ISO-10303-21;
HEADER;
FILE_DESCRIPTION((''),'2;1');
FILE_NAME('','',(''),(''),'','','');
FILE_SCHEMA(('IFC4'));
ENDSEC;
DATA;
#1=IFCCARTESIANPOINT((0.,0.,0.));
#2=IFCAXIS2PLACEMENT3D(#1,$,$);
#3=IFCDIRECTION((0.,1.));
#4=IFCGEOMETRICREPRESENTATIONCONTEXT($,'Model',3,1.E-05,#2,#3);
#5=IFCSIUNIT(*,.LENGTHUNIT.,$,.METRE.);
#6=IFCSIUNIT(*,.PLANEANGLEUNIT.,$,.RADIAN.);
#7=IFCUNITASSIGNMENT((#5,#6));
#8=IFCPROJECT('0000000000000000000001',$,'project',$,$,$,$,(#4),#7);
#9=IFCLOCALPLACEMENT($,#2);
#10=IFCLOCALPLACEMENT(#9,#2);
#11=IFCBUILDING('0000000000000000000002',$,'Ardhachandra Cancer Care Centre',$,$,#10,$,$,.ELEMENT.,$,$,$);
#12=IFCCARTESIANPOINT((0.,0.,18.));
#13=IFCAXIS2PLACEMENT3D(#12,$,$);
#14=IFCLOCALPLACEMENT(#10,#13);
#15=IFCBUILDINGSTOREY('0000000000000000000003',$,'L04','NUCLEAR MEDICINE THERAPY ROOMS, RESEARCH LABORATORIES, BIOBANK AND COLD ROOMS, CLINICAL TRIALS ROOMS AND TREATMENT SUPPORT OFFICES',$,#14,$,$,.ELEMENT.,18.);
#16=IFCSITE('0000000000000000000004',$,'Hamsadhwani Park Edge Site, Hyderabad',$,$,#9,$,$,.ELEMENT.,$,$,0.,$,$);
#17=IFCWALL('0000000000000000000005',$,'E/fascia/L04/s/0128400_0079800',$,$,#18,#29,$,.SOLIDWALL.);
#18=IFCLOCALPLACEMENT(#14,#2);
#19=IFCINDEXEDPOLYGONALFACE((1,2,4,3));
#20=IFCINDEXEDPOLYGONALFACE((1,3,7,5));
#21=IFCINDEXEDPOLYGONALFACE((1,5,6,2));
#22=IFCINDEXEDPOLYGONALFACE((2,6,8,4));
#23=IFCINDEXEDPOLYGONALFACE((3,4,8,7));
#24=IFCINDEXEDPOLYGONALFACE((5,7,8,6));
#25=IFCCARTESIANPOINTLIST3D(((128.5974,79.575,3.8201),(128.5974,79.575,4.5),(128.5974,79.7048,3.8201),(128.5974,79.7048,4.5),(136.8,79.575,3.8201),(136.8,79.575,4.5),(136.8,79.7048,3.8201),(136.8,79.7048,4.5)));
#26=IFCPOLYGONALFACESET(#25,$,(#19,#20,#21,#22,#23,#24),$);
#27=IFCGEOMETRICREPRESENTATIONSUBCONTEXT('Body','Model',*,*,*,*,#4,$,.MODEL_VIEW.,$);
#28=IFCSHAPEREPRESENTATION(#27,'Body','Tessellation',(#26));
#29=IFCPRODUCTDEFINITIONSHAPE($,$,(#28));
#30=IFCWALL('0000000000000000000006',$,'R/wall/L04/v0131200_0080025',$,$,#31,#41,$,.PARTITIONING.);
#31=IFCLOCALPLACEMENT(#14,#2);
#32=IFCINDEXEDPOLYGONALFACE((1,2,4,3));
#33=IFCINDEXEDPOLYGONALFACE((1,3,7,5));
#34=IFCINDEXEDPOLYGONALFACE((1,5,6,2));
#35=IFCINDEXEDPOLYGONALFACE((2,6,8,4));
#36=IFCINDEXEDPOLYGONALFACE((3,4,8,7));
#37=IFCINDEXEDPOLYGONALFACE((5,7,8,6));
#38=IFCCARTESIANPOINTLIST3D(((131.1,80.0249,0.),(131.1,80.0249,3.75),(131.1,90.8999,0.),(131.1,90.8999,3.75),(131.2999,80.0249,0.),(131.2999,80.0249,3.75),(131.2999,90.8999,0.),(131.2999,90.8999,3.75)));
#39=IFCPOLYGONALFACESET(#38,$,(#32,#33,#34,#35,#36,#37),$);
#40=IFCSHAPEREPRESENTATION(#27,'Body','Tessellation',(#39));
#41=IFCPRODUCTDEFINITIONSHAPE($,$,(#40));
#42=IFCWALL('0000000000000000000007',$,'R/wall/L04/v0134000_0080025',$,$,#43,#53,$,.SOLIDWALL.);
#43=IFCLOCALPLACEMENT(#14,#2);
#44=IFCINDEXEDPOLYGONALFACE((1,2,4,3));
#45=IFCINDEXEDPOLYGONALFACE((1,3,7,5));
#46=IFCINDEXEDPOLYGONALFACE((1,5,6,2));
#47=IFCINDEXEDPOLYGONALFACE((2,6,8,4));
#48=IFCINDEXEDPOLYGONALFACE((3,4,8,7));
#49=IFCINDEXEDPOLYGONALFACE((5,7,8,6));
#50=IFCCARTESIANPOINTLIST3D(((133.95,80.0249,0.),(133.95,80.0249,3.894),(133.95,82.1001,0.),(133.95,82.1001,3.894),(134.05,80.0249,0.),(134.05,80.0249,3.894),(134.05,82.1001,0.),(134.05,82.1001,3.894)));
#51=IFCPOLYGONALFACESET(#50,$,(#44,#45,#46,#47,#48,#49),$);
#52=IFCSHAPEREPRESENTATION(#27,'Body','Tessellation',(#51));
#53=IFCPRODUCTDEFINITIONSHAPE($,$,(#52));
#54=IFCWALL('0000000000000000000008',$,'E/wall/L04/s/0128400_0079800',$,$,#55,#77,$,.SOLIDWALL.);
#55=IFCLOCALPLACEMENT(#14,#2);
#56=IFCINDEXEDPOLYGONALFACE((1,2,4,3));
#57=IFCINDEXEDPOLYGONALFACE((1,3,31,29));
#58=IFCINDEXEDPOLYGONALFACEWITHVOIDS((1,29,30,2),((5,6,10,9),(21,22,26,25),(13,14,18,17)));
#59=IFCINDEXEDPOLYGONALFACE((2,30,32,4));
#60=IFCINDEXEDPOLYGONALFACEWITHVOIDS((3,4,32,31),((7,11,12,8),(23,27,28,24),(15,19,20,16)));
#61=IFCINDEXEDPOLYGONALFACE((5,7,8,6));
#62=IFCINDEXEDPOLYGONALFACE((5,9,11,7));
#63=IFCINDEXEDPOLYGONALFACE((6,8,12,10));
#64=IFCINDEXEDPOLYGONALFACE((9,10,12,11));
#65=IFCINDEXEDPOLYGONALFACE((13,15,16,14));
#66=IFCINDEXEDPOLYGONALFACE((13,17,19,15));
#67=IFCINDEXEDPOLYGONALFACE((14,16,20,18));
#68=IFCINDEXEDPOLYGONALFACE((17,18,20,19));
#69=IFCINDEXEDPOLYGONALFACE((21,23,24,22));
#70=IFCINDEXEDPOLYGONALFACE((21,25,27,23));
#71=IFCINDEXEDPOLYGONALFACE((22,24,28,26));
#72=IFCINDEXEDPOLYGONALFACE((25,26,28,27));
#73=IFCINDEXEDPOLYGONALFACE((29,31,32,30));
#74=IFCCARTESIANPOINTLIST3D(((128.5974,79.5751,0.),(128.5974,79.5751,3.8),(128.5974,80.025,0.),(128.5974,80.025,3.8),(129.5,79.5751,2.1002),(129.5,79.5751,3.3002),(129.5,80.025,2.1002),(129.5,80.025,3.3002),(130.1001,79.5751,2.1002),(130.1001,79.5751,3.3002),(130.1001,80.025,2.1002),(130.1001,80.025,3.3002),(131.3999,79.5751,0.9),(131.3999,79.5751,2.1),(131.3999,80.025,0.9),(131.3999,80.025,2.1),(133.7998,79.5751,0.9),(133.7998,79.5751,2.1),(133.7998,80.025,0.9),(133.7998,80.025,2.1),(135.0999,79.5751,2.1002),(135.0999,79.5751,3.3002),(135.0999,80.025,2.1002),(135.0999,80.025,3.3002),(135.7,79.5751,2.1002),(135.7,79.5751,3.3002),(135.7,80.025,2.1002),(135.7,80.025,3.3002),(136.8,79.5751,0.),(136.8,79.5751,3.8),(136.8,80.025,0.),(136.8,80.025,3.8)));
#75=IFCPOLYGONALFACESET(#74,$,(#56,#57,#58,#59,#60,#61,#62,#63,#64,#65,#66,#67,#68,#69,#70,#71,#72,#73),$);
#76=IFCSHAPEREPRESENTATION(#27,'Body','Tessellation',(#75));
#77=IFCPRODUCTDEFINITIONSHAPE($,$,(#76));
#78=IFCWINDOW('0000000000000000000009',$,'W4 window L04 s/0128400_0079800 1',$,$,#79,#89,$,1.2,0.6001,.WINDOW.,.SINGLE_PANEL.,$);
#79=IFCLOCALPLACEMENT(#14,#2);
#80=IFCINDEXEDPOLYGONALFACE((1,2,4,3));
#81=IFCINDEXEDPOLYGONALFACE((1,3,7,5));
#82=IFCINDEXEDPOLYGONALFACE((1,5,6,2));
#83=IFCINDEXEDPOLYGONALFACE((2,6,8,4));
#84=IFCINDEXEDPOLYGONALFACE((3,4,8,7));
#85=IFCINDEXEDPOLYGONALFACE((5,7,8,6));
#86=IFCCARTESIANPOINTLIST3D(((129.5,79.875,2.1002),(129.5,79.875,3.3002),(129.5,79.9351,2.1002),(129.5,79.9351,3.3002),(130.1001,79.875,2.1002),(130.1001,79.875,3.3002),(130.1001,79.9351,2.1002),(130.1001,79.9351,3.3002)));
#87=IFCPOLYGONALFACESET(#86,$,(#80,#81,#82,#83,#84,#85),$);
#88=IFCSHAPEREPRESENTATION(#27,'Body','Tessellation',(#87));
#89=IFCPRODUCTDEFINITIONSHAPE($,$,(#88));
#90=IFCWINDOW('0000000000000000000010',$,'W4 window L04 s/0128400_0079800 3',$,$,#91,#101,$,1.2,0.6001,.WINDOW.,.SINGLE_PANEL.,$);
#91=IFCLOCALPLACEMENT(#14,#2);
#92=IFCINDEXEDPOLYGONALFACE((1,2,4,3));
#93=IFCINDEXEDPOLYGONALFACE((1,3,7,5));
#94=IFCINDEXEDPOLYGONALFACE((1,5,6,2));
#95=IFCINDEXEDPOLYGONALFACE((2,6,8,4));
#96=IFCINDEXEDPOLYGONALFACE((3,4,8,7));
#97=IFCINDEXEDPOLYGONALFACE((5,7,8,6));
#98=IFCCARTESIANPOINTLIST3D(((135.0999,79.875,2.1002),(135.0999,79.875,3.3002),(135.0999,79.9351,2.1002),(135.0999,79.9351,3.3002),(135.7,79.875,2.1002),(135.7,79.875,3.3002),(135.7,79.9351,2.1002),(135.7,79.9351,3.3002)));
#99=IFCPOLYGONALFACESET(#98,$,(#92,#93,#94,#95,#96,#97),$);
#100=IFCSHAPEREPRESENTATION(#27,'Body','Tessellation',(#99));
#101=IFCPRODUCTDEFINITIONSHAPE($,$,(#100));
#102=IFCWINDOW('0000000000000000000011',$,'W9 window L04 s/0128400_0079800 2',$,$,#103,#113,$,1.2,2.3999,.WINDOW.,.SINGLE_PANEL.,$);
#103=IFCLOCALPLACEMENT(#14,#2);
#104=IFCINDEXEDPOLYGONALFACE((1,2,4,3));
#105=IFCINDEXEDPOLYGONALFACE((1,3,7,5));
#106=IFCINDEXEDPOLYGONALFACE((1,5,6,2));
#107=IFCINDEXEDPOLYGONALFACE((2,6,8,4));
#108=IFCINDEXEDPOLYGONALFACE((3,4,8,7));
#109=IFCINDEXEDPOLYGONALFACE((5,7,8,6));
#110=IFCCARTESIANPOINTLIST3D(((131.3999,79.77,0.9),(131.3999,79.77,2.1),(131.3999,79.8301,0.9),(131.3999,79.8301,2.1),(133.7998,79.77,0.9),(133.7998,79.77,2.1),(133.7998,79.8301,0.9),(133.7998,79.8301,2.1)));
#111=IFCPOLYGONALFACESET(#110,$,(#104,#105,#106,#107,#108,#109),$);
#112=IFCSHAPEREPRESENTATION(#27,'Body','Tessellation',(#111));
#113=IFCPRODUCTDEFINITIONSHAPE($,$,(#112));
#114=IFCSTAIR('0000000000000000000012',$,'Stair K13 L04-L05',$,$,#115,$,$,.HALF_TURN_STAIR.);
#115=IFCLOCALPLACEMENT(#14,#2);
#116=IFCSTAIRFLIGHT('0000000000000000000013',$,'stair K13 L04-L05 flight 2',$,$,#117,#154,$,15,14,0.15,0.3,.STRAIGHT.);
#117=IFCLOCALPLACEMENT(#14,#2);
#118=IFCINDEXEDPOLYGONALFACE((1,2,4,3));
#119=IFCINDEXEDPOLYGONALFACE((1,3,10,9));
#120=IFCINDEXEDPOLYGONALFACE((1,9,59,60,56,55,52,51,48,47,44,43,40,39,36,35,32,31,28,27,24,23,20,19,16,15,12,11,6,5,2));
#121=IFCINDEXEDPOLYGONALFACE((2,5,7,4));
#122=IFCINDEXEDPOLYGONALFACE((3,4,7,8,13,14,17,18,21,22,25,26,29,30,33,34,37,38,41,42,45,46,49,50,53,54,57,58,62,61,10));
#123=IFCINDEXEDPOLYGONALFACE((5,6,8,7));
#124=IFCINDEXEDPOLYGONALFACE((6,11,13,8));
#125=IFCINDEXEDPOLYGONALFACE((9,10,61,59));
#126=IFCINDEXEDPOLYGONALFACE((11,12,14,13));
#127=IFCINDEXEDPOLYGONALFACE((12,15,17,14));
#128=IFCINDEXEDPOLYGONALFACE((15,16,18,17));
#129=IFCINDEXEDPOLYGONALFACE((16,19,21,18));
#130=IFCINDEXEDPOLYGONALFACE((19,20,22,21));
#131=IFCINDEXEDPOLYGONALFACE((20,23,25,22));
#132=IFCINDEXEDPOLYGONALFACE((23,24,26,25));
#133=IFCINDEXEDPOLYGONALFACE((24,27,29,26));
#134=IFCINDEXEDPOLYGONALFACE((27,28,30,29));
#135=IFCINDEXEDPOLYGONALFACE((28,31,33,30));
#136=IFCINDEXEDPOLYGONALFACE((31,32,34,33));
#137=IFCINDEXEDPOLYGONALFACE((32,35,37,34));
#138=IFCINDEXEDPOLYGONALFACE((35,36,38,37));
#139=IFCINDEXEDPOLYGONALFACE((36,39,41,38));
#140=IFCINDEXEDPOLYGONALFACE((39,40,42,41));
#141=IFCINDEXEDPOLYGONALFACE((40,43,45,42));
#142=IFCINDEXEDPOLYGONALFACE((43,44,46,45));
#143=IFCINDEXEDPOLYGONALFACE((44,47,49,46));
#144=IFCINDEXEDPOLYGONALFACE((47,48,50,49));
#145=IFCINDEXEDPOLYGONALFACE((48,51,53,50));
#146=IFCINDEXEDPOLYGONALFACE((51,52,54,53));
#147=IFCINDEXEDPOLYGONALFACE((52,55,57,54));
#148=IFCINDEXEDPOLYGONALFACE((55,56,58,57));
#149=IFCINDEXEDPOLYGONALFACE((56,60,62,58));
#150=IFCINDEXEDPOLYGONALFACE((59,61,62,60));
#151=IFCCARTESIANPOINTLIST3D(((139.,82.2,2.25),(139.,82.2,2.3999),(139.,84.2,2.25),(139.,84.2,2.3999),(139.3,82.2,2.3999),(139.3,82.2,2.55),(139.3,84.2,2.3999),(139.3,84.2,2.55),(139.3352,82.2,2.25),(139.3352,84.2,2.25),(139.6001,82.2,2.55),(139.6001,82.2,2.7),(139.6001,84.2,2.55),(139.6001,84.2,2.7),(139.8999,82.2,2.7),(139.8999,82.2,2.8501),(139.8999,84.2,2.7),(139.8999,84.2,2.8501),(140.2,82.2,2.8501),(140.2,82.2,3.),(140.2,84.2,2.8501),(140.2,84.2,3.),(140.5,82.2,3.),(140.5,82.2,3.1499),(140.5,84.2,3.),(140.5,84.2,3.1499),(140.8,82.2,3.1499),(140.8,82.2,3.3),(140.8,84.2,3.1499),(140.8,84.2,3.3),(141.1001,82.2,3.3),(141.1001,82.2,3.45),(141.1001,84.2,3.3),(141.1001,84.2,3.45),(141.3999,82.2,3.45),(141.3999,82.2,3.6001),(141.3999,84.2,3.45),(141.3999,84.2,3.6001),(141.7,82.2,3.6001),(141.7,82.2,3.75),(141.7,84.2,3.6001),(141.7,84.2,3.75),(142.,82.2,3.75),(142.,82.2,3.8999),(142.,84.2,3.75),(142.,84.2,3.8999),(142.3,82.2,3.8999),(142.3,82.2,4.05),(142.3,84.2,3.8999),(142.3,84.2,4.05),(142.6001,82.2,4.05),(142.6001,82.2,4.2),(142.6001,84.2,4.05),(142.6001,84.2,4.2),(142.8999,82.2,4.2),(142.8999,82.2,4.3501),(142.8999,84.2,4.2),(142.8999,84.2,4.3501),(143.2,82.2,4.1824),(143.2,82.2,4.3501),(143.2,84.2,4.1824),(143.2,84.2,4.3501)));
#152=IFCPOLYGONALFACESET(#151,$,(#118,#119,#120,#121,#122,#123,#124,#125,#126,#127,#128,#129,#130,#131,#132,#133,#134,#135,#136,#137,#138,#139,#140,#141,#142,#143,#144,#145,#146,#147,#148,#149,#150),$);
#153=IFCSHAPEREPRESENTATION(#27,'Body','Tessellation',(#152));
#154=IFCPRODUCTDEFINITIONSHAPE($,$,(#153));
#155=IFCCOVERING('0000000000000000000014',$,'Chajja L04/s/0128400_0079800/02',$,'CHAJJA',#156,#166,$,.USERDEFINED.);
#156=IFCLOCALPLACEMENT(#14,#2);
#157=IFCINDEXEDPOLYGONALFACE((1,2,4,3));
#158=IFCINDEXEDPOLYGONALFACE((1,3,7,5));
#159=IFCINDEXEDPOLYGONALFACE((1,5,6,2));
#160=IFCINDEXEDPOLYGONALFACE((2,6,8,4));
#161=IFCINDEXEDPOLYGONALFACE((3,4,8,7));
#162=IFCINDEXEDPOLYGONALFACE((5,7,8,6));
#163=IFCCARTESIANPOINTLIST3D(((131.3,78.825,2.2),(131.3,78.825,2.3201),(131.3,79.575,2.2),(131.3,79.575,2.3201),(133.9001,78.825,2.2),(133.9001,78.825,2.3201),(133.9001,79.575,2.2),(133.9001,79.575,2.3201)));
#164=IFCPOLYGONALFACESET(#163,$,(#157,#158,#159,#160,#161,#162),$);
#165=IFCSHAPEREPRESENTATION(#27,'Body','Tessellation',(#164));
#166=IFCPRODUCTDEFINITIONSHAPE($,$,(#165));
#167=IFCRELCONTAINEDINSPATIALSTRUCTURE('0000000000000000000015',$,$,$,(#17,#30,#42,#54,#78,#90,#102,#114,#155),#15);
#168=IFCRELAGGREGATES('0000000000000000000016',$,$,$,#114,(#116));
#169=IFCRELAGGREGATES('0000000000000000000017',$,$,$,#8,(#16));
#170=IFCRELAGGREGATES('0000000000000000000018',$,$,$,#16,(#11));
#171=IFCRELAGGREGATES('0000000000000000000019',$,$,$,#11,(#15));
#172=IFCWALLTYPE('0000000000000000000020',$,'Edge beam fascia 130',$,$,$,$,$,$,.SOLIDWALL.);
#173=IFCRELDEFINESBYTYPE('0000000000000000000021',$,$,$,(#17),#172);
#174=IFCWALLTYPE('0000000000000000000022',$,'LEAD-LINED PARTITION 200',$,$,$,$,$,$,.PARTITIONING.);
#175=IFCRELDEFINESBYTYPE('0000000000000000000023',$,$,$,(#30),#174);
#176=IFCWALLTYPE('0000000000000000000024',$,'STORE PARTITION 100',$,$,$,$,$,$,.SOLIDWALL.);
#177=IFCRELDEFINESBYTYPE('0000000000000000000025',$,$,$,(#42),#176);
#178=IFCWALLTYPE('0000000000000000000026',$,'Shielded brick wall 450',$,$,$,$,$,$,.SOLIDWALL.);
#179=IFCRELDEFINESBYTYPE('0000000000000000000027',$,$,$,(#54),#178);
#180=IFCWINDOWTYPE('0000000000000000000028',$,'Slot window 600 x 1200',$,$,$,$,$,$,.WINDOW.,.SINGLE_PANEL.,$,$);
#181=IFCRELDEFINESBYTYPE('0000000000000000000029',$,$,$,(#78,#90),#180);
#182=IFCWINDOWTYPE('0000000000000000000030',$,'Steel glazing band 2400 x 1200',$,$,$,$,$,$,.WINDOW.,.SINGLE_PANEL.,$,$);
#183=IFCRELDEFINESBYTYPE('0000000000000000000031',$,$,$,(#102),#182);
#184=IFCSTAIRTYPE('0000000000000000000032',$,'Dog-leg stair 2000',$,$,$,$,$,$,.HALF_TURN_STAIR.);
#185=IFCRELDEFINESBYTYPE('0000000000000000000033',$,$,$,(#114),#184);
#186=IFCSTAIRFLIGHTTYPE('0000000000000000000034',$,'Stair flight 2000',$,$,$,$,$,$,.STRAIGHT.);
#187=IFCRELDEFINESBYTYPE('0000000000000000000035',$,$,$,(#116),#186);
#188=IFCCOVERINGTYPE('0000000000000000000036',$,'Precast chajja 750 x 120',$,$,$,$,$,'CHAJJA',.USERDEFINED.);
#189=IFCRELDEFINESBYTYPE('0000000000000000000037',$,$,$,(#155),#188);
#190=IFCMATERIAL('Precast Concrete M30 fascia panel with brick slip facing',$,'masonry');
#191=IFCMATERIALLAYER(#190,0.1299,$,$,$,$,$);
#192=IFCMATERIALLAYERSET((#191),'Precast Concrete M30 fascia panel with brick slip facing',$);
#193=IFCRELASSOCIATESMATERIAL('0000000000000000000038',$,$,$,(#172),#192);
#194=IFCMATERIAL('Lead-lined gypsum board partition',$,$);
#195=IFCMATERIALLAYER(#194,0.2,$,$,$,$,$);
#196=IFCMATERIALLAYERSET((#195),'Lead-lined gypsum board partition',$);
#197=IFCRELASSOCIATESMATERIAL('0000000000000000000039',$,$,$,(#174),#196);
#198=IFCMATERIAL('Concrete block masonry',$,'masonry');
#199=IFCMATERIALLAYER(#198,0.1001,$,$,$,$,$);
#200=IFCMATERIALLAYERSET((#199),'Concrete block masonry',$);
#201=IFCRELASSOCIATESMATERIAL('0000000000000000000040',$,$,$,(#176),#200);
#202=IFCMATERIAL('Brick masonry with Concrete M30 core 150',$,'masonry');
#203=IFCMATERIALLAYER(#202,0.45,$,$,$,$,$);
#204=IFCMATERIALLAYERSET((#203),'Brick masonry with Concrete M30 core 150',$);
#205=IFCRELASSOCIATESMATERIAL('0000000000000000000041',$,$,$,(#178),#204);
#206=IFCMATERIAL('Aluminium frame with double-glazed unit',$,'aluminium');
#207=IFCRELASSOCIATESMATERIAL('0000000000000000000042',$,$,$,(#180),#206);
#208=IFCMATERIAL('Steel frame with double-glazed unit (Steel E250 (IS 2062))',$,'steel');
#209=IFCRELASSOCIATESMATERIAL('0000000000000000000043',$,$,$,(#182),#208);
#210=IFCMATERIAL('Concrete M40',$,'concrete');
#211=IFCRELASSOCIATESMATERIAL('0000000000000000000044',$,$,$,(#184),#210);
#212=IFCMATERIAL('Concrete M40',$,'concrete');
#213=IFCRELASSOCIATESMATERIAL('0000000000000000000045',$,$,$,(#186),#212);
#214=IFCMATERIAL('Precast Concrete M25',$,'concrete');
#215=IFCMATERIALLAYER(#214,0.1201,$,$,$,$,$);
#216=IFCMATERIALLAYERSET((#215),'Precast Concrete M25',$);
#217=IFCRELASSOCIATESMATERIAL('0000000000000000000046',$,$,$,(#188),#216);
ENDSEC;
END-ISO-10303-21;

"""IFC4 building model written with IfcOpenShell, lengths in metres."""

from ifc_helpers import new_model, si_unit, direction, frame, frame_2d, origin, origin_2d, place, context, subcontext, project, spatial, polyline, rectangle, outline, extrude, material, layer, layer_set, type_object, element, fill, aggregate, save


model = new_model("IFC4")

# Units and contexts
model_context = context("Model", 3, precision=1e-05, world=origin(), true_north=direction((0.0, 1.0)))
body_context = subcontext(model_context, "Body", "Model", "MODEL_VIEW")
ifc_project = project(units=[si_unit("LENGTHUNIT", "METRE"), si_unit("PLANEANGLEUNIT", "RADIAN")], contexts=[model_context])

# Site, building, storey
site_placement = place(None, origin())
site = spatial("IfcSite", under=ifc_project, at=site_placement, Name="Hamsadhwani Park Edge Site, Hyderabad", CompositionType="ELEMENT", RefElevation=0.0)
building_placement = place(site_placement, origin())
building = spatial("IfcBuilding", under=site, at=building_placement, Name="Ardhachandra Cancer Care Centre", CompositionType="ELEMENT")
storey_placement = place(building_placement, frame((0.0, 0.0, 18.0)))
storey = spatial("IfcBuildingStorey", under=building, at=storey_placement, Name="L04", Description="NUCLEAR MEDICINE THERAPY ROOMS, RESEARCH LABORATORIES, BIOBANK AND COLD ROOMS, CLINICAL TRIALS ROOMS AND TREATMENT SUPPORT OFFICES", CompositionType="ELEMENT", Elevation=18.0)

# Walls
ifc_material_1 = material(Name="Precast Concrete M30 fascia panel with brick slip facing", Category="masonry")
ifc_layer_1 = layer(ifc_material_1, 0.1299)
ifc_layer_set_1 = layer_set([ifc_layer_1], Name="Precast Concrete M30 fascia panel with brick slip facing")
wall_type_1 = type_object("IfcWallType", Name="Edge beam fascia 130", PredefinedType="SOLIDWALL", material=ifc_layer_set_1)
wall_1_placement = place(storey_placement, frame((128.5974, 79.6399, 3.8201), z_axis=(0.0, 0.0, 1.0), x_axis=(1.0, 0.0, 0.0)))
element("IfcWall", 1, at=wall_1_placement, inside=storey, type_object=wall_type_1, Name="E/fascia/L04/s/0128400_0079800", PredefinedType="SOLIDWALL", context=body_context, shape_type="SweptSolid", body=[
    extrude(rectangle(XDim=8.2026, YDim=0.1299, at=frame_2d((4.1013, 0.0))), origin(), (0.0, 0.0, 1.0), 0.6799),
])
ifc_material_2 = material(Name="Lead-lined gypsum board partition")
ifc_layer_2 = layer(ifc_material_2, 0.2)
ifc_layer_set_2 = layer_set([ifc_layer_2], Name="Lead-lined gypsum board partition")
wall_type_2 = type_object("IfcWallType", Name="LEAD-LINED PARTITION 200", PredefinedType="PARTITIONING", material=ifc_layer_set_2)
wall_2_placement = place(storey_placement, frame((131.2, 80.0249, 0.0), z_axis=(0.0, 0.0, 1.0), x_axis=(0.0, 1.0, 0.0)))
element("IfcWall", 2, at=wall_2_placement, inside=storey, type_object=wall_type_2, Name="R/wall/L04/v0131200_0080025", PredefinedType="PARTITIONING", context=body_context, shape_type="SweptSolid", body=[
    extrude(rectangle(XDim=10.875, YDim=0.2, at=frame_2d((5.4375, 0.0))), origin(), (0.0, 0.0, 1.0), 3.75),
])
ifc_material_3 = material(Name="Concrete block masonry", Category="masonry")
ifc_layer_3 = layer(ifc_material_3, 0.1001)
ifc_layer_set_3 = layer_set([ifc_layer_3], Name="Concrete block masonry")
wall_type_3 = type_object("IfcWallType", Name="STORE PARTITION 100", PredefinedType="SOLIDWALL", material=ifc_layer_set_3)
wall_3_placement = place(storey_placement, frame((134.0, 80.0249, 0.0), z_axis=(0.0, 0.0, 1.0), x_axis=(0.0, 1.0, 0.0)))
element("IfcWall", 3, at=wall_3_placement, inside=storey, type_object=wall_type_3, Name="R/wall/L04/v0134000_0080025", PredefinedType="SOLIDWALL", context=body_context, shape_type="SweptSolid", body=[
    extrude(rectangle(XDim=2.0752, YDim=0.1001, at=frame_2d((1.0376, 0.0))), origin(), (0.0, 0.0, 1.0), 3.894),
])

# Wall, openings, windows
ifc_material_4 = material(Name="Brick masonry with Concrete M30 core 150", Category="masonry")
ifc_layer_4 = layer(ifc_material_4, 0.45)
ifc_layer_set_4 = layer_set([ifc_layer_4], Name="Brick masonry with Concrete M30 core 150")
wall_type_4 = type_object("IfcWallType", Name="Shielded brick wall 450", PredefinedType="SOLIDWALL", material=ifc_layer_set_4)
wall_4_placement = place(storey_placement, frame((128.5974, 79.8, 0.0), z_axis=(0.0, 0.0, 1.0), x_axis=(1.0, 0.0, 0.0)))
wall_4 = element("IfcWall", 4, at=wall_4_placement, inside=storey, type_object=wall_type_4, Name="E/wall/L04/s/0128400_0079800", PredefinedType="SOLIDWALL", context=body_context, shape_type="SweptSolid", body=[
    extrude(rectangle(XDim=8.2026, YDim=0.45, at=frame_2d((4.1013, 0.0))), origin(), (0.0, 0.0, 1.0), 3.8),
])
opening_1_placement = place(wall_4_placement, frame((0.9026, 0.0, 2.1001)))
opening_1 = element("IfcOpeningElement", 5, at=opening_1_placement, cuts=wall_4, PredefinedType="OPENING", context=body_context, shape_type="SweptSolid", body=[
    extrude(rectangle(XDim=0.6001, YDim=1.2, at=frame_2d((0.3, 0.6001))), frame((0.0, 0.2349, 0.0), z_axis=(0.0, -1.0, 0.0), x_axis=(1.0, 0.0, 0.0)), (0.0, 0.0, 1.0), 0.47),
])
opening_2_placement = place(wall_4_placement, frame((2.8025, 0.0, 0.8999)))
opening_2 = element("IfcOpeningElement", 6, at=opening_2_placement, cuts=wall_4, PredefinedType="OPENING", context=body_context, shape_type="SweptSolid", body=[
    extrude(rectangle(XDim=2.3999, YDim=1.2, at=frame_2d((1.2, 0.6001))), frame((0.0, 0.2349, 0.0), z_axis=(0.0, -1.0, 0.0), x_axis=(1.0, 0.0, 0.0)), (0.0, 0.0, 1.0), 0.47),
])
opening_3_placement = place(wall_4_placement, frame((6.5024, 0.0, 2.1001)))
opening_3 = element("IfcOpeningElement", 7, at=opening_3_placement, cuts=wall_4, PredefinedType="OPENING", context=body_context, shape_type="SweptSolid", body=[
    extrude(rectangle(XDim=0.6001, YDim=1.2, at=frame_2d((0.3, 0.6001))), frame((0.0, 0.2349, 0.0), z_axis=(0.0, -1.0, 0.0), x_axis=(1.0, 0.0, 0.0)), (0.0, 0.0, 1.0), 0.47),
])
ifc_material_5 = material(Name="Aluminium frame with double-glazed unit", Category="aluminium")
window_type_1 = type_object("IfcWindowType", Name="Slot window 600 x 1200", PartitioningType="SINGLE_PANEL", PredefinedType="WINDOW", material=ifc_material_5)
window_1_placement = place(opening_1_placement, origin())
window_1 = element("IfcWindow", 8, at=window_1_placement, inside=storey, type_object=window_type_1, Name="W4 window L04 s/0128400_0079800 1", OverallHeight=1.2, OverallWidth=0.6001, PartitioningType="SINGLE_PANEL", PredefinedType="WINDOW", context=body_context, shape_type="SweptSolid", body=[
    extrude(rectangle(XDim=0.6001, YDim=1.2, at=frame_2d((0.3, 0.6001))), frame((0.0, 0.135, 0.0), z_axis=(0.0, -1.0, 0.0), x_axis=(1.0, 0.0, 0.0)), (0.0, 0.0, 1.0), 0.0601),
])
fill(opening_1, window_1)
window_2_placement = place(opening_3_placement, origin())
window_2 = element("IfcWindow", 9, at=window_2_placement, inside=storey, type_object=window_type_1, Name="W4 window L04 s/0128400_0079800 3", OverallHeight=1.2, OverallWidth=0.6001, PartitioningType="SINGLE_PANEL", PredefinedType="WINDOW", context=body_context, shape_type="SweptSolid", body=[
    extrude(rectangle(XDim=0.6001, YDim=1.2, at=frame_2d((0.3, 0.6001))), frame((0.0, 0.135, 0.0), z_axis=(0.0, -1.0, 0.0), x_axis=(1.0, 0.0, 0.0)), (0.0, 0.0, 1.0), 0.0601),
])
fill(opening_3, window_2)
ifc_material_6 = material(Name="Steel frame with double-glazed unit (Steel E250 (IS 2062))", Category="steel")
window_type_2 = type_object("IfcWindowType", Name="Steel glazing band 2400 x 1200", PartitioningType="SINGLE_PANEL", PredefinedType="WINDOW", material=ifc_material_6)
window_3_placement = place(opening_2_placement, origin())
window_3 = element("IfcWindow", 10, at=window_3_placement, inside=storey, type_object=window_type_2, Name="W9 window L04 s/0128400_0079800 2", OverallHeight=1.2, OverallWidth=2.3999, PartitioningType="SINGLE_PANEL", PredefinedType="WINDOW", context=body_context, shape_type="SweptSolid", body=[
    extrude(rectangle(XDim=2.3999, YDim=1.2, at=frame_2d((1.2, 0.6001))), frame((0.0, 0.03, 0.0), z_axis=(0.0, -1.0, 0.0), x_axis=(1.0, 0.0, 0.0)), (0.0, 0.0, 1.0), 0.0601),
])
fill(opening_2, window_3)

# Stair, stair flight
ifc_material_7 = material(Name="Concrete M40", Category="concrete")
stair_type = type_object("IfcStairType", Name="Dog-leg stair 2000", PredefinedType="HALF_TURN_STAIR", material=ifc_material_7)
stair_placement = place(storey_placement, origin())
stair = element("IfcStair", 11, at=stair_placement, inside=storey, type_object=stair_type, Name="Stair K13 L04-L05", PredefinedType="HALF_TURN_STAIR")
ifc_material_8 = material(Name="Concrete M40", Category="concrete")
stair_flight_type = type_object("IfcStairFlightType", Name="Stair flight 2000", PredefinedType="STRAIGHT", material=ifc_material_8)
stair_flight_placement = place(storey_placement, frame((139.0, 83.2, 2.25), z_axis=(0.0, 0.0, 1.0), x_axis=(1.0, 0.0, 0.0)))
stair_flight = element("IfcStairFlight", 12, at=stair_flight_placement, type_object=stair_flight_type, Name="stair K13 L04-L05 flight 2", NumberOfRisers=15, NumberOfTreads=14, PredefinedType="STRAIGHT", RiserHeight=0.15, TreadLength=0.3, context=body_context, shape_type="SweptSolid", body=[
    extrude(outline(polyline([(0.0, 0.0), (0.0, 0.1499), (0.3, 0.1499), (0.3, 0.3), (0.6001, 0.3), (0.6001, 0.45), (0.8999, 0.45), (0.8999, 0.6001), (1.2, 0.6001), (1.2, 0.75), (1.5, 0.75), (1.5, 0.8999), (1.8, 0.8999), (1.8, 1.05), (2.1001, 1.05), (2.1001, 1.2), (2.3999, 1.2), (2.3999, 1.3501), (2.7, 1.3501), (2.7, 1.5), (3.0, 1.5), (3.0, 1.6499), (3.3, 1.6499), (3.3, 1.8), (3.6001, 1.8), (3.6001, 1.95), (3.8999, 1.95), (3.8999, 2.1001), (4.2, 2.1001), (4.2, 2.25), (4.2, 1.9324), (0.3352, 0.0), (0.0, 0.0)])), frame((0.0, 1.0, 0.0), z_axis=(0.0, -1.0, 0.0), x_axis=(1.0, 0.0, 0.0)), (0.0, 0.0, 1.0), 2.0),
])
aggregate(stair, [stair_flight])

# Covering
ifc_material_9 = material(Name="Precast Concrete M25", Category="concrete")
ifc_layer_5 = layer(ifc_material_9, 0.1201)
ifc_layer_set_5 = layer_set([ifc_layer_5], Name="Precast Concrete M25")
covering_type_1 = type_object("IfcCoveringType", Name="Precast chajja 750 x 120", ElementType="CHAJJA", PredefinedType="USERDEFINED", material=ifc_layer_set_5)
covering_1_placement = place(storey_placement, frame((132.6001, 79.2, 2.2), z_axis=(0.0, 0.0, 1.0), x_axis=(1.0, 0.0, 0.0)))
element("IfcCovering", 13, at=covering_1_placement, inside=storey, type_object=covering_type_1, Name="Chajja L04/s/0128400_0079800/02", ObjectType="CHAJJA", PredefinedType="USERDEFINED", context=body_context, shape_type="SweptSolid", body=[
    extrude(rectangle(XDim=2.6001, YDim=0.75, at=origin_2d()), origin(), (0.0, 0.0, 1.0), 0.1201),
])

save(model, "model.ifc")
